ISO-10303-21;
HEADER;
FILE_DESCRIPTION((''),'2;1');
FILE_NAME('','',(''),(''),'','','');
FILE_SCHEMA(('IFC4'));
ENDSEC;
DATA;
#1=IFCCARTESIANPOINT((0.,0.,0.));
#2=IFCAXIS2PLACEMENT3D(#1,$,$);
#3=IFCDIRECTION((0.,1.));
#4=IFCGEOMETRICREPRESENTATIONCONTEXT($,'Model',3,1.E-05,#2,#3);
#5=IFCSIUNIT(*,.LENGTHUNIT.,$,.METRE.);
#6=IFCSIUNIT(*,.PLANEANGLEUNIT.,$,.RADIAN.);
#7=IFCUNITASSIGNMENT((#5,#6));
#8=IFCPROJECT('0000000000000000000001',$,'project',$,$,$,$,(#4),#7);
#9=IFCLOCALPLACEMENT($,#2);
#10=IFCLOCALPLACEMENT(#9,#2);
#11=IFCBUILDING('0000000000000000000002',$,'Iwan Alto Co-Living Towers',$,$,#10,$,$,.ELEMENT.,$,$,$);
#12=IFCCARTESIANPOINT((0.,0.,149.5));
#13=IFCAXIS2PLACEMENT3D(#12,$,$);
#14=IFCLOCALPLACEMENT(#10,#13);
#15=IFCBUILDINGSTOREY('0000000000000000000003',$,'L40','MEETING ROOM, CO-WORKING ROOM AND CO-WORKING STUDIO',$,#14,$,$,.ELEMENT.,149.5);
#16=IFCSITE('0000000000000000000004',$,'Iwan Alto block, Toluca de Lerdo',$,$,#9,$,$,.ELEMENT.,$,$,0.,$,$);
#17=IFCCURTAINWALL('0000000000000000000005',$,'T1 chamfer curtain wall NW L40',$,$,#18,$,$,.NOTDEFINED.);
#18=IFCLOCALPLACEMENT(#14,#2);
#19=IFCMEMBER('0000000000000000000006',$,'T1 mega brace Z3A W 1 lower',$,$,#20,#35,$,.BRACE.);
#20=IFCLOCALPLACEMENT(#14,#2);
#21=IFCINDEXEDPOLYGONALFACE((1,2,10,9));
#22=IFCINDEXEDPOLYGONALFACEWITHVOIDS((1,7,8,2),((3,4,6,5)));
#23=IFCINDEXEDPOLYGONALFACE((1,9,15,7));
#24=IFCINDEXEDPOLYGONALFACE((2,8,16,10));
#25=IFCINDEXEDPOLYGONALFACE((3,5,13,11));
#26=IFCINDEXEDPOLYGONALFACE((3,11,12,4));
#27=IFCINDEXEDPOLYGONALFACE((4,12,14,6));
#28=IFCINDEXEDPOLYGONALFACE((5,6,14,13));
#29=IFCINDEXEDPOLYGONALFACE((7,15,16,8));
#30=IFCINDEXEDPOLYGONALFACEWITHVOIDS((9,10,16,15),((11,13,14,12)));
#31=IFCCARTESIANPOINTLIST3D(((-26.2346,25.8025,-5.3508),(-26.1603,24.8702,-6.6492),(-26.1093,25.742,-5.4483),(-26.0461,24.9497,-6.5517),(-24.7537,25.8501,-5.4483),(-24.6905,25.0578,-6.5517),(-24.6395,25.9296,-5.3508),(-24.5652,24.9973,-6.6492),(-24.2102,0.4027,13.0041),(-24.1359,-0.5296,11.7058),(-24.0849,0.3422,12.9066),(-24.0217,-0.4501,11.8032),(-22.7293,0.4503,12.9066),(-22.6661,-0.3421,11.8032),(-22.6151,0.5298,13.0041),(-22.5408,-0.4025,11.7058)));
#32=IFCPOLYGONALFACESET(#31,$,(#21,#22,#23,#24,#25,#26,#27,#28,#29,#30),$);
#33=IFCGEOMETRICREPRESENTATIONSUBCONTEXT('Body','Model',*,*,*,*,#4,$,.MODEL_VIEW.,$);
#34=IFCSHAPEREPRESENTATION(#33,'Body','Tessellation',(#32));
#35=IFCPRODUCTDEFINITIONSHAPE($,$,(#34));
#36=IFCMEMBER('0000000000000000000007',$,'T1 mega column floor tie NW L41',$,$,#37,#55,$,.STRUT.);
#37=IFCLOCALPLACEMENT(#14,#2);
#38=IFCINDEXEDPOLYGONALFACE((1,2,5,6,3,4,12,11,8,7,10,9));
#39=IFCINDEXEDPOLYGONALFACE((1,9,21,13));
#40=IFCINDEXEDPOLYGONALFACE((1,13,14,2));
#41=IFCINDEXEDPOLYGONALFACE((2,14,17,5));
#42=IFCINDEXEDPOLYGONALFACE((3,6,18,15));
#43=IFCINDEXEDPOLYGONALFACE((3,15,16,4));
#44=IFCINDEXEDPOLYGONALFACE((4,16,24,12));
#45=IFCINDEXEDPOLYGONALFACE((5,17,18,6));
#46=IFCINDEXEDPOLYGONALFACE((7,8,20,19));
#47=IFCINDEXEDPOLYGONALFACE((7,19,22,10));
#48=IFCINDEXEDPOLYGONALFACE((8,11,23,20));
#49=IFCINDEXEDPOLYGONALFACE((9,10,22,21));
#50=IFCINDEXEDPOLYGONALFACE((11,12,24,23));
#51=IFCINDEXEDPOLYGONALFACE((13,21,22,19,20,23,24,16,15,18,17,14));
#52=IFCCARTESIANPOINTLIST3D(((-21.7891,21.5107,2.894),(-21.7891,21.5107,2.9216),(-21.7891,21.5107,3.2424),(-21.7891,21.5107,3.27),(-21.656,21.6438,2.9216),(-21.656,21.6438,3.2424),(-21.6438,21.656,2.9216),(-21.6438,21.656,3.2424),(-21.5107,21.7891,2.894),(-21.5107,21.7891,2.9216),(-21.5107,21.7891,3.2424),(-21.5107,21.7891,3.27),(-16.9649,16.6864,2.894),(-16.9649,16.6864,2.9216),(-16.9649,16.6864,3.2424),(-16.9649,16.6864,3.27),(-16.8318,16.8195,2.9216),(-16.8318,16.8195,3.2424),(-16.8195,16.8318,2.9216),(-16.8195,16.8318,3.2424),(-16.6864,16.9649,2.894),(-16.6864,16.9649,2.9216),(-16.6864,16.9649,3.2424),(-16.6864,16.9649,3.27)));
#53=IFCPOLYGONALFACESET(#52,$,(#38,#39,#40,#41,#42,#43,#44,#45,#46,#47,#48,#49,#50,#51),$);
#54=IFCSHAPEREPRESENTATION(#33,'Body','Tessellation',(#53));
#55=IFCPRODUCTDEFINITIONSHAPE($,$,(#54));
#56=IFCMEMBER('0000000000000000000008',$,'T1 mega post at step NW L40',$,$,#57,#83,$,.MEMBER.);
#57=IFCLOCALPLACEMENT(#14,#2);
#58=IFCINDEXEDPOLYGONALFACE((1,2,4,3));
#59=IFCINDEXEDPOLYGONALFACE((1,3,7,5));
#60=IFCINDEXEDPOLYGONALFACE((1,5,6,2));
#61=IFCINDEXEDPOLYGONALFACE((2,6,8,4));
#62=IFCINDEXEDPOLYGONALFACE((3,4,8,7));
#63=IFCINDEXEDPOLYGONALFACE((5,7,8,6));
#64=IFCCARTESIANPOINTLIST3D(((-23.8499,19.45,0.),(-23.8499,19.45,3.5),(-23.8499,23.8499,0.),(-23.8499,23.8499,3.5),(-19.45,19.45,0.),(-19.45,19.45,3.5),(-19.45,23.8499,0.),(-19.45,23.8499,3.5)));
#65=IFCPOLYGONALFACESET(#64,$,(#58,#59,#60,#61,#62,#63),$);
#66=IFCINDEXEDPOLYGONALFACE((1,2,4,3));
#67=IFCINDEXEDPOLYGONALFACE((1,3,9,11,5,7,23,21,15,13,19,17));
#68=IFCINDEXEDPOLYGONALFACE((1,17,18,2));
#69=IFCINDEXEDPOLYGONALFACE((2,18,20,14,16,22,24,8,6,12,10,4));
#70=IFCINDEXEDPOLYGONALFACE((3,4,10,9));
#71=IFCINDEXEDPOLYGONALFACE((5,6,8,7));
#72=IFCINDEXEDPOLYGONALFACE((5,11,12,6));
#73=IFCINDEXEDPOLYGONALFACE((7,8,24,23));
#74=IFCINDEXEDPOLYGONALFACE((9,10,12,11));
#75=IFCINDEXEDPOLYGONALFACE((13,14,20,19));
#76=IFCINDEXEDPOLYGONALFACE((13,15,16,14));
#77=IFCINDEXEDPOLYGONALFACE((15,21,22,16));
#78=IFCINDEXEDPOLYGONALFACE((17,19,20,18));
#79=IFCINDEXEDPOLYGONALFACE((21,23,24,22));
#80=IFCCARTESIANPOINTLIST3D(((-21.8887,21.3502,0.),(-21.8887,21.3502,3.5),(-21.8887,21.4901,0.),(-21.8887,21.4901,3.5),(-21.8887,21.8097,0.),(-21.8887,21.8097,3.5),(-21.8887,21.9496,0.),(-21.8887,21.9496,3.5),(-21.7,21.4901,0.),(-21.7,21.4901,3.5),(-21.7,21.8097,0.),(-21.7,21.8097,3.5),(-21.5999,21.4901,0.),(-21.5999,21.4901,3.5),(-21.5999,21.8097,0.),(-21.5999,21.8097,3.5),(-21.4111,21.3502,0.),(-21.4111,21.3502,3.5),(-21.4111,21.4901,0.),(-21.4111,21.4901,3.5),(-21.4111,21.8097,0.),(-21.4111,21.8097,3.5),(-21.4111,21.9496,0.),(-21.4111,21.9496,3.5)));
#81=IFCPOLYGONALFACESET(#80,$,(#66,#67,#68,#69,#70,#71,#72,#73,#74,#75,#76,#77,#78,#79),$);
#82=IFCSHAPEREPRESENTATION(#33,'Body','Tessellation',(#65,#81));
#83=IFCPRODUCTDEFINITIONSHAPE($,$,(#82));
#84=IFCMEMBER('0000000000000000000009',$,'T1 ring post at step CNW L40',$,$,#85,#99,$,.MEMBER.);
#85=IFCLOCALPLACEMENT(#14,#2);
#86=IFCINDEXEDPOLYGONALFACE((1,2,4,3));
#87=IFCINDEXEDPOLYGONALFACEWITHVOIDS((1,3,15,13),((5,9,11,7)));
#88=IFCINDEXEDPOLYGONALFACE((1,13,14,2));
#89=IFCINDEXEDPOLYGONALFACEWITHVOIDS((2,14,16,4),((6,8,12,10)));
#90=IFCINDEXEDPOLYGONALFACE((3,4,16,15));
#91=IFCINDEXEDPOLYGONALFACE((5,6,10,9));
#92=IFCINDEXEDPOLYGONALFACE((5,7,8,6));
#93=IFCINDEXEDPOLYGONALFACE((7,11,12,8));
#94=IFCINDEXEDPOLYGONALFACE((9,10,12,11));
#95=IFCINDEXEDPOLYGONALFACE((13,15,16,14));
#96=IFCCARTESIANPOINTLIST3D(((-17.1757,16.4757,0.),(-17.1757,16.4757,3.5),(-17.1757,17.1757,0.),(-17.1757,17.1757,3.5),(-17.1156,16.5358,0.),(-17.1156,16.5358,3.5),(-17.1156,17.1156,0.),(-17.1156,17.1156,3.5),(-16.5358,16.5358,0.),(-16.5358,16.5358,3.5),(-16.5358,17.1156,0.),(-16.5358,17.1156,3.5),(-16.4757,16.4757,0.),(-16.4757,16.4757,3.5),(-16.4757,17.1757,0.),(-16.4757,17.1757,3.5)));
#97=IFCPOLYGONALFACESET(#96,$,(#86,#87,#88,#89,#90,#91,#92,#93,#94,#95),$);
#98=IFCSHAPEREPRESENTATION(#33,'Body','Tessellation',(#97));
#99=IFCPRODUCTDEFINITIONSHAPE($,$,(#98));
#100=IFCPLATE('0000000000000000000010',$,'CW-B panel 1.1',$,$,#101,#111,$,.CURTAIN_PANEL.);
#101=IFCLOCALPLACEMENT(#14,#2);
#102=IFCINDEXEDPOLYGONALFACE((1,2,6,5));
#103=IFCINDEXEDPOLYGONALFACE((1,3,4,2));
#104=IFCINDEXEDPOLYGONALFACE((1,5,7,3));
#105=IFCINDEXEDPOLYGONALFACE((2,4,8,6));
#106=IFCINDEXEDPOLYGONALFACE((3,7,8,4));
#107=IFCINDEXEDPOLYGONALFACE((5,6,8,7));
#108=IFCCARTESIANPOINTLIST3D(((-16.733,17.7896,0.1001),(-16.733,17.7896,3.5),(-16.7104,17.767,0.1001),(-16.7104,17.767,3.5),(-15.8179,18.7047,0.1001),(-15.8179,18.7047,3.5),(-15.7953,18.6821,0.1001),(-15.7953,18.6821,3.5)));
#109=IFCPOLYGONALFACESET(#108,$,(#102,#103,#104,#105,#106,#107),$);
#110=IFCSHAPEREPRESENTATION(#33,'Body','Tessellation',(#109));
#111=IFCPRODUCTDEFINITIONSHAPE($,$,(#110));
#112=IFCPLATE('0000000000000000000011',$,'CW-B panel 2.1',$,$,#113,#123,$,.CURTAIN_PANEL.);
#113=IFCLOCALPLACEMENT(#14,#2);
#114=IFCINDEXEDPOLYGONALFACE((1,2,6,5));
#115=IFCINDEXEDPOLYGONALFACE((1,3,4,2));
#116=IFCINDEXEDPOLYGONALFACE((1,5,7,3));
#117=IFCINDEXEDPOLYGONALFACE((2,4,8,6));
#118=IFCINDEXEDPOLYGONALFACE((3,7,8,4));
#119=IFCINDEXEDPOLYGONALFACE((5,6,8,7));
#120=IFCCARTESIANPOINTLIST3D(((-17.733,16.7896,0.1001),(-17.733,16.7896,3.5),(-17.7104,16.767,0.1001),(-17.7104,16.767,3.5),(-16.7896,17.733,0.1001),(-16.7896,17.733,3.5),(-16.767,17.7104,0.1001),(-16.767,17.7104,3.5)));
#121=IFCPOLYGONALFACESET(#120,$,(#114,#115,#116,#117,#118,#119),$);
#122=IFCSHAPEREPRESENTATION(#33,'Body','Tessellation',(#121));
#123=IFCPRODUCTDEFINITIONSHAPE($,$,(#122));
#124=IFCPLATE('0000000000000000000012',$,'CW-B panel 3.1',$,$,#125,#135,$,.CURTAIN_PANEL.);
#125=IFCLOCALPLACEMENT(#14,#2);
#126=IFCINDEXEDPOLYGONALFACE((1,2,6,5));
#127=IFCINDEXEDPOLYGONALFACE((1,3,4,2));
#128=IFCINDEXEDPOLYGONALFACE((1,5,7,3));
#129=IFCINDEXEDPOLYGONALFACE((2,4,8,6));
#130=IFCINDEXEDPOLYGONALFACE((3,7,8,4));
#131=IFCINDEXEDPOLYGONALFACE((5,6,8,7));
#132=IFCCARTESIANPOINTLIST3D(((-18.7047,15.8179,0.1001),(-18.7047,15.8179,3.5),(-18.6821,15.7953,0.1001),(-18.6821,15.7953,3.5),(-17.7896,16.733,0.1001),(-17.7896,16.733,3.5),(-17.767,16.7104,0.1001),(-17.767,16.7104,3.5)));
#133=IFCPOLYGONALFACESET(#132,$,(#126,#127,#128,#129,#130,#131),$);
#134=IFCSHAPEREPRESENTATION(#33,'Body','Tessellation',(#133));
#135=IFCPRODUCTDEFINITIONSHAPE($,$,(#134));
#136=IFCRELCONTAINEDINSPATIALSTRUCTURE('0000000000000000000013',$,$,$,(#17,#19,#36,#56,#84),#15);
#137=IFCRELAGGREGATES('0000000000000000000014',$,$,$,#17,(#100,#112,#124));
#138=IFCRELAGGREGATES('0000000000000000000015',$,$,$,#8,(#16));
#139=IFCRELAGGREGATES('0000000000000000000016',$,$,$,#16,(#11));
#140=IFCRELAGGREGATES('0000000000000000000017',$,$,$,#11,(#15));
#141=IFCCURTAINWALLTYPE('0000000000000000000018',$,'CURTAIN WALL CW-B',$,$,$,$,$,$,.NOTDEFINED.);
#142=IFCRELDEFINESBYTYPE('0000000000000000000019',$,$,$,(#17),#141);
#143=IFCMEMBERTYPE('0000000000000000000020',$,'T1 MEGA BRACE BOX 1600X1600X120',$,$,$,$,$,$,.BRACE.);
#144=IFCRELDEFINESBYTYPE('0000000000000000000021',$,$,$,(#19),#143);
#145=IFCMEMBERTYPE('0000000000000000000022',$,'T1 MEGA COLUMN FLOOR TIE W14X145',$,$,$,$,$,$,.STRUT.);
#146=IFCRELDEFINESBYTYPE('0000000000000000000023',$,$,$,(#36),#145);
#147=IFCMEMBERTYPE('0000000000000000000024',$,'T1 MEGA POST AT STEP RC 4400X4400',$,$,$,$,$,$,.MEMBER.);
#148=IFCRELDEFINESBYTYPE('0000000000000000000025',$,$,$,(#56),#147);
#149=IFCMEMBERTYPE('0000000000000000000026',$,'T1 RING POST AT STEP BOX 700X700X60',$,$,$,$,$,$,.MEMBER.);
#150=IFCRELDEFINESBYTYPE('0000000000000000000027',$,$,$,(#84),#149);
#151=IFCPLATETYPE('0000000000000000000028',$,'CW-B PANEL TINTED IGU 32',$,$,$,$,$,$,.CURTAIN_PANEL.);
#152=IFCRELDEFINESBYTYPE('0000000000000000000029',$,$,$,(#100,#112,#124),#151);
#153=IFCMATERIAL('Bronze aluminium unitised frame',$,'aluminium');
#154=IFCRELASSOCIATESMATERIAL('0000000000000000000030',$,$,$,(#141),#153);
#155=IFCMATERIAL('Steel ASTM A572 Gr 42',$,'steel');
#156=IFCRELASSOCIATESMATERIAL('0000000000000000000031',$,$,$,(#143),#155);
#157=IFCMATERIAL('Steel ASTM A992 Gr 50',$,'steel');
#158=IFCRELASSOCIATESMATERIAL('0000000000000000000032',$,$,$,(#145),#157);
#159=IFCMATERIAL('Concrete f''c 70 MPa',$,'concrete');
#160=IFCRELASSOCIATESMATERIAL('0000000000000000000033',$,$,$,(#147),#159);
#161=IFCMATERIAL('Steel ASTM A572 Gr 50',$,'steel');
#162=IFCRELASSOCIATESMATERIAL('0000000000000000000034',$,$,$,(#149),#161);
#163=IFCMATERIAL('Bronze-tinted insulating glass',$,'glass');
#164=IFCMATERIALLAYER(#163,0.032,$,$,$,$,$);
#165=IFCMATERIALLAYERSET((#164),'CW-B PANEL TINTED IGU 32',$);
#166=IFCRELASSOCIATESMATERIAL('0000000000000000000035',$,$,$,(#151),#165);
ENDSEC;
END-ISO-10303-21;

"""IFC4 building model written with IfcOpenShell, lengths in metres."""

from ifc_helpers import new_model, si_unit, direction, frame, origin, origin_2d, place, context, subcontext, project, spatial, rectangle, hollow_rectangle, i_section, extrude, material, layer, layer_set, material_profile, profile_set, type_object, element, aggregate, save


model = new_model("IFC4")

# Units and contexts
model_context = context("Model", 3, precision=1e-05, world=origin(), true_north=direction((0.0, 1.0)))
body_context = subcontext(model_context, "Body", "Model", "MODEL_VIEW")
ifc_project = project(units=[si_unit("LENGTHUNIT", "METRE"), si_unit("PLANEANGLEUNIT", "RADIAN")], contexts=[model_context])

# Site, building, storey
site_placement = place(None, origin())
site = spatial("IfcSite", under=ifc_project, at=site_placement, Name="Iwan Alto block, Toluca de Lerdo", CompositionType="ELEMENT", RefElevation=0.0)
building_placement = place(site_placement, origin())
building = spatial("IfcBuilding", under=site, at=building_placement, Name="Iwan Alto Co-Living Towers", CompositionType="ELEMENT")
storey_placement = place(building_placement, frame((0.0, 0.0, 149.5)))
storey = spatial("IfcBuildingStorey", under=building, at=storey_placement, Name="L40", Description="MEETING ROOM, CO-WORKING ROOM AND CO-WORKING STUDIO", CompositionType="ELEMENT", Elevation=149.5)

# Curtain wall
ifc_material_1 = material(Name="Bronze aluminium unitised frame", Category="aluminium")
curtain_wall_type_1 = type_object("IfcCurtainWallType", Name="CURTAIN WALL CW-B", PredefinedType="NOTDEFINED", material=ifc_material_1)
curtain_wall_1_placement = place(storey_placement, origin())
curtain_wall_1 = element("IfcCurtainWall", 1, at=curtain_wall_1_placement, inside=storey, type_object=curtain_wall_type_1, Name="T1 chamfer curtain wall NW L40", PredefinedType="NOTDEFINED")

# Members
ifc_material_2 = material(Name="Steel ASTM A572 Gr 42", Category="steel")
ifc_material_profile_1 = material_profile(ifc_material_2, hollow_rectangle(XDim=1.6001, YDim=1.6001, WallThickness=0.1201, at=origin_2d()), Name="BOX 1600X1600X120")
ifc_profile_set_1 = profile_set([ifc_material_profile_1], Name="Steel ASTM A572 Gr 42")
member_type_1 = type_object("IfcMemberType", Name="T1 MEGA BRACE BOX 1600X1600X120", PredefinedType="BRACE", material=ifc_profile_set_1)
for number, where, z_axis, x_axis, name in (
    (2, (-25.3999, 25.3999, -6.0), (0.064465, -0.808833, 0.584495), (0.996839, 0.07945, 0.0), "T1 mega brace Z3A W 1 lower"),
):
    element("IfcMember", number, at=place(storey_placement, frame(where, z_axis=z_axis, x_axis=x_axis)), inside=storey, type_object=member_type_1, Name=name, PredefinedType="BRACE", context=body_context, shape_type="SweptSolid", body=[
        extrude(hollow_rectangle(XDim=1.6001, YDim=1.6001, WallThickness=0.1201, at=origin_2d()), origin(), (0.0, 0.0, 1.0), 31.4031),
    ])
ifc_material_3 = material(Name="Steel ASTM A992 Gr 50", Category="steel")
ifc_material_profile_2 = material_profile(ifc_material_3, i_section(OverallWidth=0.3938, OverallDepth=0.376, WebThickness=0.0173, FlangeThickness=0.0276, at=origin_2d()), Name="W14X145")
ifc_profile_set_2 = profile_set([ifc_material_profile_2], Name="Steel ASTM A992 Gr 50")
member_type_2 = type_object("IfcMemberType", Name="T1 MEGA COLUMN FLOOR TIE W14X145", PredefinedType="STRUT", material=ifc_profile_set_2)
member_1_placement = place(storey_placement, frame((-21.6499, 21.6499, 3.082), z_axis=(0.707107, -0.707107, 0.0), x_axis=(0.707107, 0.707107, 0.0)))
element("IfcMember", 3, at=member_1_placement, inside=storey, type_object=member_type_2, Name="T1 mega column floor tie NW L41", PredefinedType="STRUT", context=body_context, shape_type="SweptSolid", body=[
    extrude(i_section(OverallWidth=0.3938, OverallDepth=0.376, WebThickness=0.0173, FlangeThickness=0.0276, at=origin_2d()), origin(), (0.0, 0.0, 1.0), 6.8225),
])
ifc_material_4 = material(Name="Concrete f'c 70 MPa", Category="concrete")
ifc_material_profile_3 = material_profile(ifc_material_4, rectangle(XDim=4.3999, YDim=4.3999, at=origin_2d()), Name="RC 4400X4400")
ifc_profile_set_3 = profile_set([ifc_material_profile_3], Name="Concrete f'c 70 MPa")
member_type_3 = type_object("IfcMemberType", Name="T1 MEGA POST AT STEP RC 4400X4400", PredefinedType="MEMBER", material=ifc_profile_set_3)
member_2_placement = place(storey_placement, frame((-21.6499, 21.6499, 0.0), z_axis=(0.0, 0.0, 1.0), x_axis=(1.0, 0.0, 0.0)))
element("IfcMember", 4, at=member_2_placement, inside=storey, type_object=member_type_3, Name="T1 mega post at step NW L40", PredefinedType="MEMBER", context=body_context, shape_type="SweptSolid", body=[
    extrude(rectangle(XDim=4.3999, YDim=4.3999, at=origin_2d()), origin(), (0.0, 0.0, 1.0), 3.5),
    extrude(i_section(OverallWidth=0.4775, OverallDepth=0.5994, WebThickness=0.1001, FlangeThickness=0.1399, at=origin_2d()), origin(), (0.0, 0.0, 1.0), 3.5),
])
ifc_material_5 = material(Name="Steel ASTM A572 Gr 50", Category="steel")
ifc_material_profile_4 = material_profile(ifc_material_5, hollow_rectangle(XDim=0.7, YDim=0.7, WallThickness=0.0601, at=origin_2d()), Name="BOX 700X700X60")
ifc_profile_set_4 = profile_set([ifc_material_profile_4], Name="Steel ASTM A572 Gr 50")
member_type_4 = type_object("IfcMemberType", Name="T1 RING POST AT STEP BOX 700X700X60", PredefinedType="MEMBER", material=ifc_profile_set_4)
member_3_placement = place(storey_placement, frame((-16.8257, 16.8257, 0.0), z_axis=(0.0, 0.0, 1.0), x_axis=(1.0, 0.0, 0.0)))
element("IfcMember", 5, at=member_3_placement, inside=storey, type_object=member_type_4, Name="T1 ring post at step CNW L40", PredefinedType="MEMBER", context=body_context, shape_type="SweptSolid", body=[
    extrude(hollow_rectangle(XDim=0.7, YDim=0.7, WallThickness=0.0601, at=origin_2d()), origin(), (0.0, 0.0, 1.0), 3.5),
])

# Plates
ifc_material_6 = material(Name="Bronze-tinted insulating glass", Category="glass")
ifc_layer = layer(ifc_material_6, 0.032)
ifc_layer_set = layer_set([ifc_layer], Name="CW-B PANEL TINTED IGU 32")
plate_type = type_object("IfcPlateType", Name="CW-B PANEL TINTED IGU 32", PredefinedType="CURTAIN_PANEL", material=ifc_layer_set)
plate_1_placement = place(storey_placement, frame((-16.2642, 18.2358, 0.1001), z_axis=(0.0, 0.0, 1.0), x_axis=(-0.707107, -0.707107, 0.0)))
plate_1 = element("IfcPlate", 6, at=plate_1_placement, type_object=plate_type, Name="CW-B panel 1.1", PredefinedType="CURTAIN_PANEL", context=body_context, shape_type="SweptSolid", body=[
    extrude(rectangle(XDim=1.2942, YDim=0.032, at=origin_2d()), origin(), (0.0, 0.0, 1.0), 3.3999),
])
plate_2_placement = place(storey_placement, frame((-17.25, 17.25, 0.1001), z_axis=(0.0, 0.0, 1.0), x_axis=(-0.707107, -0.707107, 0.0)))
plate_2 = element("IfcPlate", 7, at=plate_2_placement, type_object=plate_type, Name="CW-B panel 2.1", PredefinedType="CURTAIN_PANEL", context=body_context, shape_type="SweptSolid", body=[
    extrude(rectangle(XDim=1.3342, YDim=0.032, at=origin_2d()), origin(), (0.0, 0.0, 1.0), 3.3999),
])
plate_3_placement = place(storey_placement, frame((-18.2358, 16.2642, 0.1001), z_axis=(0.0, 0.0, 1.0), x_axis=(-0.707107, -0.707107, 0.0)))
plate_3 = element("IfcPlate", 8, at=plate_3_placement, type_object=plate_type, Name="CW-B panel 3.1", PredefinedType="CURTAIN_PANEL", context=body_context, shape_type="SweptSolid", body=[
    extrude(rectangle(XDim=1.2942, YDim=0.032, at=origin_2d()), origin(), (0.0, 0.0, 1.0), 3.3999),
])
aggregate(curtain_wall_1, [plate_1, plate_2, plate_3])

save(model, "model.ifc")
